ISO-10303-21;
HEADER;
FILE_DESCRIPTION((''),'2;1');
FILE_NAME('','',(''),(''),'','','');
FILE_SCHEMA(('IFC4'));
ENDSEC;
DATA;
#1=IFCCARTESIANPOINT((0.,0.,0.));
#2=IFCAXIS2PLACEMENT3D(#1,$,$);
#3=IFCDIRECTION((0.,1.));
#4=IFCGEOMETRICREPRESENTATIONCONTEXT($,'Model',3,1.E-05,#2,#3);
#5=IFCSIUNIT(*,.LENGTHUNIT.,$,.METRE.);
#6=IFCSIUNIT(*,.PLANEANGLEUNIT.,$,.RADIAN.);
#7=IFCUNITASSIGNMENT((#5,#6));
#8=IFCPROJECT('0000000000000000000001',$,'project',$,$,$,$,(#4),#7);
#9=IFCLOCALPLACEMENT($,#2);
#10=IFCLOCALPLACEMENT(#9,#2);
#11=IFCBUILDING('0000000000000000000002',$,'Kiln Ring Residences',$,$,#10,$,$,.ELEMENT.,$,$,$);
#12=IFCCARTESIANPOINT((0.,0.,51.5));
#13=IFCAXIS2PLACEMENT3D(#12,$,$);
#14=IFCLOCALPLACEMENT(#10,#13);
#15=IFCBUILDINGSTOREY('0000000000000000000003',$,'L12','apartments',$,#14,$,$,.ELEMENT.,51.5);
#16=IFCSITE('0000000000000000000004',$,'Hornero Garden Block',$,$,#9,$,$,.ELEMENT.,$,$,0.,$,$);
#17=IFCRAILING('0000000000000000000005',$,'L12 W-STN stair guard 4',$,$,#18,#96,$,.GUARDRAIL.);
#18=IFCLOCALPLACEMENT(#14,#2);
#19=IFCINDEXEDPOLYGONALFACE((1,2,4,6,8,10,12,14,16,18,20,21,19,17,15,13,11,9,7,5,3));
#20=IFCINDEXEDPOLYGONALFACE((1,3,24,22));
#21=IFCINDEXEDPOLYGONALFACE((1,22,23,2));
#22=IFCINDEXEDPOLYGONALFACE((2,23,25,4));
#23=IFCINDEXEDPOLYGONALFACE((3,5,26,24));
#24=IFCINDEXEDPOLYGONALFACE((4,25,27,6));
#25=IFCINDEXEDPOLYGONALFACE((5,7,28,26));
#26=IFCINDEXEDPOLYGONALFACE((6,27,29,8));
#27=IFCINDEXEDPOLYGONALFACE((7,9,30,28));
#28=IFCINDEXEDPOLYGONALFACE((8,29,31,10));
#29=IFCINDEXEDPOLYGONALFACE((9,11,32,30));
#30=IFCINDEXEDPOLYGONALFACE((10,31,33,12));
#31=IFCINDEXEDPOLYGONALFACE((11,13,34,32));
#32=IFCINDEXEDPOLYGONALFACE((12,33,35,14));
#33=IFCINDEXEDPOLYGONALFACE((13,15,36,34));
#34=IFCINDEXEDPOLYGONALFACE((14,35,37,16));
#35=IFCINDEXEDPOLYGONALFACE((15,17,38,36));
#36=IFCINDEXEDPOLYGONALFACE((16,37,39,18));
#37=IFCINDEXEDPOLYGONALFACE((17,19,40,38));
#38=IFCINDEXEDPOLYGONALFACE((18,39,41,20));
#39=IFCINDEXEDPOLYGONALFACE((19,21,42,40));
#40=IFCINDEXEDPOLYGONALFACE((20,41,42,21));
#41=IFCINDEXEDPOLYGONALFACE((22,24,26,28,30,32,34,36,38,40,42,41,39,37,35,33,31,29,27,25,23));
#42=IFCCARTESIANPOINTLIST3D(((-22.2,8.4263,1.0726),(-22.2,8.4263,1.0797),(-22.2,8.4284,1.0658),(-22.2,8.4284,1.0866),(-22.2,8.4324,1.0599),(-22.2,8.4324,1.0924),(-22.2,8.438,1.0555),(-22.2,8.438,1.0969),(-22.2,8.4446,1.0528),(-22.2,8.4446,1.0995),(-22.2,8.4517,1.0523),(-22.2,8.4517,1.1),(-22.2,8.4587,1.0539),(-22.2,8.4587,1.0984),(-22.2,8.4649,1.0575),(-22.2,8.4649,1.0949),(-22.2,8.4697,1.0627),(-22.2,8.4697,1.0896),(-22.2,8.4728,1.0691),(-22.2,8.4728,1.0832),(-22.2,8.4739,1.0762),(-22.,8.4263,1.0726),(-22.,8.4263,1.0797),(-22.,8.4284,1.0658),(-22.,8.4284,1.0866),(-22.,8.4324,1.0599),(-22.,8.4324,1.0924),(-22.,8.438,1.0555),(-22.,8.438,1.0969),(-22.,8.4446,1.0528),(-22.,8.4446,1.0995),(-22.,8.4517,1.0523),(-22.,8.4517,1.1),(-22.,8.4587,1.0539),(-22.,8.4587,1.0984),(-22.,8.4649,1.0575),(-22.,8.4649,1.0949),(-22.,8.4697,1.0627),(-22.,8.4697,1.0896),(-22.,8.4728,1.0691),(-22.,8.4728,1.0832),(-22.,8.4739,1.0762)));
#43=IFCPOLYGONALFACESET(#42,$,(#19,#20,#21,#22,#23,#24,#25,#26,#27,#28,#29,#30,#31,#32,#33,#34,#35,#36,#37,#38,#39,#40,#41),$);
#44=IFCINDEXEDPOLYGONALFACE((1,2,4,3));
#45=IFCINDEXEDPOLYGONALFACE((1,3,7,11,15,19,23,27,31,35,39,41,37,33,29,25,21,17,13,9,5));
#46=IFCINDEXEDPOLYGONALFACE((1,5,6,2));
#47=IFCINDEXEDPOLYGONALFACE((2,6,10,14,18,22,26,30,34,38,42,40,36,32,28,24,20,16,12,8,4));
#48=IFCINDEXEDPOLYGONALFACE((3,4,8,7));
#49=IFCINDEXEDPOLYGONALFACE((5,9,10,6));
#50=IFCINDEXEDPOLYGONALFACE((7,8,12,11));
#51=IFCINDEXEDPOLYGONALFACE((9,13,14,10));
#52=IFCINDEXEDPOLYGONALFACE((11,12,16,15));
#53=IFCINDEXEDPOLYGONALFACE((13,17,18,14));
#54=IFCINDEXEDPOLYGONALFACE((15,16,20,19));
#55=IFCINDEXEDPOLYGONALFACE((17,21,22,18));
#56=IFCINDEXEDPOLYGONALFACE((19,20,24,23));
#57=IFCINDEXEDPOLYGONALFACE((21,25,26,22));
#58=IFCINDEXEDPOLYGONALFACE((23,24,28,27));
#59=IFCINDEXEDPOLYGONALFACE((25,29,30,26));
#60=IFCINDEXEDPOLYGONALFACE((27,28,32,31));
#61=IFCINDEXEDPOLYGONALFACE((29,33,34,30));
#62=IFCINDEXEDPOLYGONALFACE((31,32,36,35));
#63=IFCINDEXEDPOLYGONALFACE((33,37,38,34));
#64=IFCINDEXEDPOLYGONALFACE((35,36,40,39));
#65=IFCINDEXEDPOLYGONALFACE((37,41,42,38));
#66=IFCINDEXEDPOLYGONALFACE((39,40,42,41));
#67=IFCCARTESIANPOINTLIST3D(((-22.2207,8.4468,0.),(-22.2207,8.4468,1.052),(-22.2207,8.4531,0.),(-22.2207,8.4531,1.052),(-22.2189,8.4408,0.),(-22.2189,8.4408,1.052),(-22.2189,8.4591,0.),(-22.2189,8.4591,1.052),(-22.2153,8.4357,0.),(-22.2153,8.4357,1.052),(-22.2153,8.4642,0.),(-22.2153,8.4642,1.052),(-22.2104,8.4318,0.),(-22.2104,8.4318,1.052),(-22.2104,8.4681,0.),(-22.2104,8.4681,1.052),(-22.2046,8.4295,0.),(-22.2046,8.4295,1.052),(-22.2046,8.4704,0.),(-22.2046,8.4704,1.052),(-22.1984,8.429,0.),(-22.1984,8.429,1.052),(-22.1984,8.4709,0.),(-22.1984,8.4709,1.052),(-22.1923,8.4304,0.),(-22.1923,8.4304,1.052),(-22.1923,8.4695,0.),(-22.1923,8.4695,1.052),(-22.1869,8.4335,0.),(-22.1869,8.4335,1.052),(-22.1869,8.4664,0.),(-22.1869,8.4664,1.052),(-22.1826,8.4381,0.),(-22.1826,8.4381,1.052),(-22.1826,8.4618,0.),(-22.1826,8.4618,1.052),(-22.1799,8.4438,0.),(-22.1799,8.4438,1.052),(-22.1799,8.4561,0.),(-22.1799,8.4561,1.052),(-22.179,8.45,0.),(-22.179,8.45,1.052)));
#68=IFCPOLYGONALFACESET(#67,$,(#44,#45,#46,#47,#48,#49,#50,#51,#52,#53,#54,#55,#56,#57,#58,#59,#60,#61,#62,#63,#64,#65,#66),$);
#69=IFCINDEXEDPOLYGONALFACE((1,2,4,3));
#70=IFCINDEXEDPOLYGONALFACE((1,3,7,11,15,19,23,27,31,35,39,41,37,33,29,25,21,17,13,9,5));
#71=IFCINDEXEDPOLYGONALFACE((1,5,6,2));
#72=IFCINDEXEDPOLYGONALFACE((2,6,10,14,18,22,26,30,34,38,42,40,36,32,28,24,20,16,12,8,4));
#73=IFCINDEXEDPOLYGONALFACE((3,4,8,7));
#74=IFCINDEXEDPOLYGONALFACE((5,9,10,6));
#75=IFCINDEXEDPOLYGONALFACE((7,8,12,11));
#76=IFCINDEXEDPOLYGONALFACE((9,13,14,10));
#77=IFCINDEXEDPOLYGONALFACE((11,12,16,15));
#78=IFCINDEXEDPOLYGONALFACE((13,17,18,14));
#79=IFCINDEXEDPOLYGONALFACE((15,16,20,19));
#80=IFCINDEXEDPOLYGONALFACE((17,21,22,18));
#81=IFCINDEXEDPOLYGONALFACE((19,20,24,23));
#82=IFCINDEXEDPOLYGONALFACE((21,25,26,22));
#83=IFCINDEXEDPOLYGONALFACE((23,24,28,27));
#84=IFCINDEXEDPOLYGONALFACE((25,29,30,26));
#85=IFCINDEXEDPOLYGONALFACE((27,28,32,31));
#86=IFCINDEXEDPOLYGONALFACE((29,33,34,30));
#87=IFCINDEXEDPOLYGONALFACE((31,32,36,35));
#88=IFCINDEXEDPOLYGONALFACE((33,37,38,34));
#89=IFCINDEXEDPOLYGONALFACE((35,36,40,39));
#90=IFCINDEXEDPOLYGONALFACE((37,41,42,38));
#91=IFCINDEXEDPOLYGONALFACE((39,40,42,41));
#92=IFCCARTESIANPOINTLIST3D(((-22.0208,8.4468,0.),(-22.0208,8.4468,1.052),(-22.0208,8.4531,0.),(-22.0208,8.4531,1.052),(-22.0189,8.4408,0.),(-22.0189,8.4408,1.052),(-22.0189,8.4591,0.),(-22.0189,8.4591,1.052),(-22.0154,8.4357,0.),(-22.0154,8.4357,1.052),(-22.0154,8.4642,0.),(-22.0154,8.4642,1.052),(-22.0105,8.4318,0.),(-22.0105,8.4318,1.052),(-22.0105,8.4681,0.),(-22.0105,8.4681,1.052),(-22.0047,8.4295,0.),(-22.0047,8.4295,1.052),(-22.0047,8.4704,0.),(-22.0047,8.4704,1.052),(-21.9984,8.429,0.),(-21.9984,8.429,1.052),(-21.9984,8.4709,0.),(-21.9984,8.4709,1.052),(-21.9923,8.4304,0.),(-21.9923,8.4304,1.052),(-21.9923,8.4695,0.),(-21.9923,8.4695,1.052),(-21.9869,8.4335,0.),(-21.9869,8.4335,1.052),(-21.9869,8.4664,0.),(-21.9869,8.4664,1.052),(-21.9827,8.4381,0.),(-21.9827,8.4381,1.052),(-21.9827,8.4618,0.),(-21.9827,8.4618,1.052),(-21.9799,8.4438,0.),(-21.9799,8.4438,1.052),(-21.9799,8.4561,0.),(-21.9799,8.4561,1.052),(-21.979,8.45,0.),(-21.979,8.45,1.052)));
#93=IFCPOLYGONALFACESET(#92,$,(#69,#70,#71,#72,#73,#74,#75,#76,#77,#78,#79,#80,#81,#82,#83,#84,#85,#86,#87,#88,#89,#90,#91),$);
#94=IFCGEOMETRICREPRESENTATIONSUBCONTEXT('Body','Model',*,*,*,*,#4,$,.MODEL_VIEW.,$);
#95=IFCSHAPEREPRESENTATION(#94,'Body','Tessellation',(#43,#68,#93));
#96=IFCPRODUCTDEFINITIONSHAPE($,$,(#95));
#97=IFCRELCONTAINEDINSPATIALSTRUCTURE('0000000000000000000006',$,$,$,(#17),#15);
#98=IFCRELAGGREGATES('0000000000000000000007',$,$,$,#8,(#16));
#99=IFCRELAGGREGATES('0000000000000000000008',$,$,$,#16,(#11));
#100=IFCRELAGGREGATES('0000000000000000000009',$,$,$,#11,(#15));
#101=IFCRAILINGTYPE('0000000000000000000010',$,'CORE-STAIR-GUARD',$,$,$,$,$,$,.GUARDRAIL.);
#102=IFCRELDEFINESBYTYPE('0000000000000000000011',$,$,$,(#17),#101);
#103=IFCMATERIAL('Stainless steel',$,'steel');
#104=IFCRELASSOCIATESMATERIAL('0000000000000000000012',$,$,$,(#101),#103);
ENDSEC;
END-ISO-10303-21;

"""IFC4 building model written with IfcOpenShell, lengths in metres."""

from ifc_helpers import new_model, si_unit, direction, frame, origin, origin_2d, place, context, subcontext, project, spatial, circle, extrude, material, type_object, element, save


model = new_model("IFC4")

# Units and contexts
model_context = context("Model", 3, precision=1e-05, world=origin(), true_north=direction((0.0, 1.0)))
body_context = subcontext(model_context, "Body", "Model", "MODEL_VIEW")
ifc_project = project(units=[si_unit("LENGTHUNIT", "METRE"), si_unit("PLANEANGLEUNIT", "RADIAN")], contexts=[model_context])

# Site, building, storey
site_placement = place(None, origin())
site = spatial("IfcSite", under=ifc_project, at=site_placement, Name="Hornero Garden Block", CompositionType="ELEMENT", RefElevation=0.0)
building_placement = place(site_placement, origin())
building = spatial("IfcBuilding", under=site, at=building_placement, Name="Kiln Ring Residences", CompositionType="ELEMENT")
storey_placement = place(building_placement, frame((0.0, 0.0, 51.5)))
storey = spatial("IfcBuildingStorey", under=building, at=storey_placement, Name="L12", Description="apartments", CompositionType="ELEMENT", Elevation=51.5)

# Railing
ifc_material_1 = material(Name="Stainless steel", Category="steel")
railing_type_1 = type_object("IfcRailingType", Name="CORE-STAIR-GUARD", PredefinedType="GUARDRAIL", material=ifc_material_1)
railing_1_placement = place(storey_placement, frame((-22.2, 8.45, 0.0)))
element("IfcRailing", 1, at=railing_1_placement, inside=storey, type_object=railing_type_1, Name="L12 W-STN stair guard 4", PredefinedType="GUARDRAIL", context=body_context, shape_type="SweptSolid", body=[
    extrude(circle(Radius=0.0239, at=origin_2d()), frame((0.0, 0.0, 1.0762), z_axis=(1.0, 0.0, 0.0), x_axis=(0.0, 1.0, 0.0)), (0.0, 0.0, 1.0), 0.2),
    extrude(circle(Radius=0.021, at=origin_2d()), origin(), (0.0, 0.0, 1.0), 1.052),
    extrude(circle(Radius=0.021, at=origin_2d()), frame((0.2, 0.0, 0.0)), (0.0, 0.0, 1.0), 1.052),
])

save(model, "model.ifc")
